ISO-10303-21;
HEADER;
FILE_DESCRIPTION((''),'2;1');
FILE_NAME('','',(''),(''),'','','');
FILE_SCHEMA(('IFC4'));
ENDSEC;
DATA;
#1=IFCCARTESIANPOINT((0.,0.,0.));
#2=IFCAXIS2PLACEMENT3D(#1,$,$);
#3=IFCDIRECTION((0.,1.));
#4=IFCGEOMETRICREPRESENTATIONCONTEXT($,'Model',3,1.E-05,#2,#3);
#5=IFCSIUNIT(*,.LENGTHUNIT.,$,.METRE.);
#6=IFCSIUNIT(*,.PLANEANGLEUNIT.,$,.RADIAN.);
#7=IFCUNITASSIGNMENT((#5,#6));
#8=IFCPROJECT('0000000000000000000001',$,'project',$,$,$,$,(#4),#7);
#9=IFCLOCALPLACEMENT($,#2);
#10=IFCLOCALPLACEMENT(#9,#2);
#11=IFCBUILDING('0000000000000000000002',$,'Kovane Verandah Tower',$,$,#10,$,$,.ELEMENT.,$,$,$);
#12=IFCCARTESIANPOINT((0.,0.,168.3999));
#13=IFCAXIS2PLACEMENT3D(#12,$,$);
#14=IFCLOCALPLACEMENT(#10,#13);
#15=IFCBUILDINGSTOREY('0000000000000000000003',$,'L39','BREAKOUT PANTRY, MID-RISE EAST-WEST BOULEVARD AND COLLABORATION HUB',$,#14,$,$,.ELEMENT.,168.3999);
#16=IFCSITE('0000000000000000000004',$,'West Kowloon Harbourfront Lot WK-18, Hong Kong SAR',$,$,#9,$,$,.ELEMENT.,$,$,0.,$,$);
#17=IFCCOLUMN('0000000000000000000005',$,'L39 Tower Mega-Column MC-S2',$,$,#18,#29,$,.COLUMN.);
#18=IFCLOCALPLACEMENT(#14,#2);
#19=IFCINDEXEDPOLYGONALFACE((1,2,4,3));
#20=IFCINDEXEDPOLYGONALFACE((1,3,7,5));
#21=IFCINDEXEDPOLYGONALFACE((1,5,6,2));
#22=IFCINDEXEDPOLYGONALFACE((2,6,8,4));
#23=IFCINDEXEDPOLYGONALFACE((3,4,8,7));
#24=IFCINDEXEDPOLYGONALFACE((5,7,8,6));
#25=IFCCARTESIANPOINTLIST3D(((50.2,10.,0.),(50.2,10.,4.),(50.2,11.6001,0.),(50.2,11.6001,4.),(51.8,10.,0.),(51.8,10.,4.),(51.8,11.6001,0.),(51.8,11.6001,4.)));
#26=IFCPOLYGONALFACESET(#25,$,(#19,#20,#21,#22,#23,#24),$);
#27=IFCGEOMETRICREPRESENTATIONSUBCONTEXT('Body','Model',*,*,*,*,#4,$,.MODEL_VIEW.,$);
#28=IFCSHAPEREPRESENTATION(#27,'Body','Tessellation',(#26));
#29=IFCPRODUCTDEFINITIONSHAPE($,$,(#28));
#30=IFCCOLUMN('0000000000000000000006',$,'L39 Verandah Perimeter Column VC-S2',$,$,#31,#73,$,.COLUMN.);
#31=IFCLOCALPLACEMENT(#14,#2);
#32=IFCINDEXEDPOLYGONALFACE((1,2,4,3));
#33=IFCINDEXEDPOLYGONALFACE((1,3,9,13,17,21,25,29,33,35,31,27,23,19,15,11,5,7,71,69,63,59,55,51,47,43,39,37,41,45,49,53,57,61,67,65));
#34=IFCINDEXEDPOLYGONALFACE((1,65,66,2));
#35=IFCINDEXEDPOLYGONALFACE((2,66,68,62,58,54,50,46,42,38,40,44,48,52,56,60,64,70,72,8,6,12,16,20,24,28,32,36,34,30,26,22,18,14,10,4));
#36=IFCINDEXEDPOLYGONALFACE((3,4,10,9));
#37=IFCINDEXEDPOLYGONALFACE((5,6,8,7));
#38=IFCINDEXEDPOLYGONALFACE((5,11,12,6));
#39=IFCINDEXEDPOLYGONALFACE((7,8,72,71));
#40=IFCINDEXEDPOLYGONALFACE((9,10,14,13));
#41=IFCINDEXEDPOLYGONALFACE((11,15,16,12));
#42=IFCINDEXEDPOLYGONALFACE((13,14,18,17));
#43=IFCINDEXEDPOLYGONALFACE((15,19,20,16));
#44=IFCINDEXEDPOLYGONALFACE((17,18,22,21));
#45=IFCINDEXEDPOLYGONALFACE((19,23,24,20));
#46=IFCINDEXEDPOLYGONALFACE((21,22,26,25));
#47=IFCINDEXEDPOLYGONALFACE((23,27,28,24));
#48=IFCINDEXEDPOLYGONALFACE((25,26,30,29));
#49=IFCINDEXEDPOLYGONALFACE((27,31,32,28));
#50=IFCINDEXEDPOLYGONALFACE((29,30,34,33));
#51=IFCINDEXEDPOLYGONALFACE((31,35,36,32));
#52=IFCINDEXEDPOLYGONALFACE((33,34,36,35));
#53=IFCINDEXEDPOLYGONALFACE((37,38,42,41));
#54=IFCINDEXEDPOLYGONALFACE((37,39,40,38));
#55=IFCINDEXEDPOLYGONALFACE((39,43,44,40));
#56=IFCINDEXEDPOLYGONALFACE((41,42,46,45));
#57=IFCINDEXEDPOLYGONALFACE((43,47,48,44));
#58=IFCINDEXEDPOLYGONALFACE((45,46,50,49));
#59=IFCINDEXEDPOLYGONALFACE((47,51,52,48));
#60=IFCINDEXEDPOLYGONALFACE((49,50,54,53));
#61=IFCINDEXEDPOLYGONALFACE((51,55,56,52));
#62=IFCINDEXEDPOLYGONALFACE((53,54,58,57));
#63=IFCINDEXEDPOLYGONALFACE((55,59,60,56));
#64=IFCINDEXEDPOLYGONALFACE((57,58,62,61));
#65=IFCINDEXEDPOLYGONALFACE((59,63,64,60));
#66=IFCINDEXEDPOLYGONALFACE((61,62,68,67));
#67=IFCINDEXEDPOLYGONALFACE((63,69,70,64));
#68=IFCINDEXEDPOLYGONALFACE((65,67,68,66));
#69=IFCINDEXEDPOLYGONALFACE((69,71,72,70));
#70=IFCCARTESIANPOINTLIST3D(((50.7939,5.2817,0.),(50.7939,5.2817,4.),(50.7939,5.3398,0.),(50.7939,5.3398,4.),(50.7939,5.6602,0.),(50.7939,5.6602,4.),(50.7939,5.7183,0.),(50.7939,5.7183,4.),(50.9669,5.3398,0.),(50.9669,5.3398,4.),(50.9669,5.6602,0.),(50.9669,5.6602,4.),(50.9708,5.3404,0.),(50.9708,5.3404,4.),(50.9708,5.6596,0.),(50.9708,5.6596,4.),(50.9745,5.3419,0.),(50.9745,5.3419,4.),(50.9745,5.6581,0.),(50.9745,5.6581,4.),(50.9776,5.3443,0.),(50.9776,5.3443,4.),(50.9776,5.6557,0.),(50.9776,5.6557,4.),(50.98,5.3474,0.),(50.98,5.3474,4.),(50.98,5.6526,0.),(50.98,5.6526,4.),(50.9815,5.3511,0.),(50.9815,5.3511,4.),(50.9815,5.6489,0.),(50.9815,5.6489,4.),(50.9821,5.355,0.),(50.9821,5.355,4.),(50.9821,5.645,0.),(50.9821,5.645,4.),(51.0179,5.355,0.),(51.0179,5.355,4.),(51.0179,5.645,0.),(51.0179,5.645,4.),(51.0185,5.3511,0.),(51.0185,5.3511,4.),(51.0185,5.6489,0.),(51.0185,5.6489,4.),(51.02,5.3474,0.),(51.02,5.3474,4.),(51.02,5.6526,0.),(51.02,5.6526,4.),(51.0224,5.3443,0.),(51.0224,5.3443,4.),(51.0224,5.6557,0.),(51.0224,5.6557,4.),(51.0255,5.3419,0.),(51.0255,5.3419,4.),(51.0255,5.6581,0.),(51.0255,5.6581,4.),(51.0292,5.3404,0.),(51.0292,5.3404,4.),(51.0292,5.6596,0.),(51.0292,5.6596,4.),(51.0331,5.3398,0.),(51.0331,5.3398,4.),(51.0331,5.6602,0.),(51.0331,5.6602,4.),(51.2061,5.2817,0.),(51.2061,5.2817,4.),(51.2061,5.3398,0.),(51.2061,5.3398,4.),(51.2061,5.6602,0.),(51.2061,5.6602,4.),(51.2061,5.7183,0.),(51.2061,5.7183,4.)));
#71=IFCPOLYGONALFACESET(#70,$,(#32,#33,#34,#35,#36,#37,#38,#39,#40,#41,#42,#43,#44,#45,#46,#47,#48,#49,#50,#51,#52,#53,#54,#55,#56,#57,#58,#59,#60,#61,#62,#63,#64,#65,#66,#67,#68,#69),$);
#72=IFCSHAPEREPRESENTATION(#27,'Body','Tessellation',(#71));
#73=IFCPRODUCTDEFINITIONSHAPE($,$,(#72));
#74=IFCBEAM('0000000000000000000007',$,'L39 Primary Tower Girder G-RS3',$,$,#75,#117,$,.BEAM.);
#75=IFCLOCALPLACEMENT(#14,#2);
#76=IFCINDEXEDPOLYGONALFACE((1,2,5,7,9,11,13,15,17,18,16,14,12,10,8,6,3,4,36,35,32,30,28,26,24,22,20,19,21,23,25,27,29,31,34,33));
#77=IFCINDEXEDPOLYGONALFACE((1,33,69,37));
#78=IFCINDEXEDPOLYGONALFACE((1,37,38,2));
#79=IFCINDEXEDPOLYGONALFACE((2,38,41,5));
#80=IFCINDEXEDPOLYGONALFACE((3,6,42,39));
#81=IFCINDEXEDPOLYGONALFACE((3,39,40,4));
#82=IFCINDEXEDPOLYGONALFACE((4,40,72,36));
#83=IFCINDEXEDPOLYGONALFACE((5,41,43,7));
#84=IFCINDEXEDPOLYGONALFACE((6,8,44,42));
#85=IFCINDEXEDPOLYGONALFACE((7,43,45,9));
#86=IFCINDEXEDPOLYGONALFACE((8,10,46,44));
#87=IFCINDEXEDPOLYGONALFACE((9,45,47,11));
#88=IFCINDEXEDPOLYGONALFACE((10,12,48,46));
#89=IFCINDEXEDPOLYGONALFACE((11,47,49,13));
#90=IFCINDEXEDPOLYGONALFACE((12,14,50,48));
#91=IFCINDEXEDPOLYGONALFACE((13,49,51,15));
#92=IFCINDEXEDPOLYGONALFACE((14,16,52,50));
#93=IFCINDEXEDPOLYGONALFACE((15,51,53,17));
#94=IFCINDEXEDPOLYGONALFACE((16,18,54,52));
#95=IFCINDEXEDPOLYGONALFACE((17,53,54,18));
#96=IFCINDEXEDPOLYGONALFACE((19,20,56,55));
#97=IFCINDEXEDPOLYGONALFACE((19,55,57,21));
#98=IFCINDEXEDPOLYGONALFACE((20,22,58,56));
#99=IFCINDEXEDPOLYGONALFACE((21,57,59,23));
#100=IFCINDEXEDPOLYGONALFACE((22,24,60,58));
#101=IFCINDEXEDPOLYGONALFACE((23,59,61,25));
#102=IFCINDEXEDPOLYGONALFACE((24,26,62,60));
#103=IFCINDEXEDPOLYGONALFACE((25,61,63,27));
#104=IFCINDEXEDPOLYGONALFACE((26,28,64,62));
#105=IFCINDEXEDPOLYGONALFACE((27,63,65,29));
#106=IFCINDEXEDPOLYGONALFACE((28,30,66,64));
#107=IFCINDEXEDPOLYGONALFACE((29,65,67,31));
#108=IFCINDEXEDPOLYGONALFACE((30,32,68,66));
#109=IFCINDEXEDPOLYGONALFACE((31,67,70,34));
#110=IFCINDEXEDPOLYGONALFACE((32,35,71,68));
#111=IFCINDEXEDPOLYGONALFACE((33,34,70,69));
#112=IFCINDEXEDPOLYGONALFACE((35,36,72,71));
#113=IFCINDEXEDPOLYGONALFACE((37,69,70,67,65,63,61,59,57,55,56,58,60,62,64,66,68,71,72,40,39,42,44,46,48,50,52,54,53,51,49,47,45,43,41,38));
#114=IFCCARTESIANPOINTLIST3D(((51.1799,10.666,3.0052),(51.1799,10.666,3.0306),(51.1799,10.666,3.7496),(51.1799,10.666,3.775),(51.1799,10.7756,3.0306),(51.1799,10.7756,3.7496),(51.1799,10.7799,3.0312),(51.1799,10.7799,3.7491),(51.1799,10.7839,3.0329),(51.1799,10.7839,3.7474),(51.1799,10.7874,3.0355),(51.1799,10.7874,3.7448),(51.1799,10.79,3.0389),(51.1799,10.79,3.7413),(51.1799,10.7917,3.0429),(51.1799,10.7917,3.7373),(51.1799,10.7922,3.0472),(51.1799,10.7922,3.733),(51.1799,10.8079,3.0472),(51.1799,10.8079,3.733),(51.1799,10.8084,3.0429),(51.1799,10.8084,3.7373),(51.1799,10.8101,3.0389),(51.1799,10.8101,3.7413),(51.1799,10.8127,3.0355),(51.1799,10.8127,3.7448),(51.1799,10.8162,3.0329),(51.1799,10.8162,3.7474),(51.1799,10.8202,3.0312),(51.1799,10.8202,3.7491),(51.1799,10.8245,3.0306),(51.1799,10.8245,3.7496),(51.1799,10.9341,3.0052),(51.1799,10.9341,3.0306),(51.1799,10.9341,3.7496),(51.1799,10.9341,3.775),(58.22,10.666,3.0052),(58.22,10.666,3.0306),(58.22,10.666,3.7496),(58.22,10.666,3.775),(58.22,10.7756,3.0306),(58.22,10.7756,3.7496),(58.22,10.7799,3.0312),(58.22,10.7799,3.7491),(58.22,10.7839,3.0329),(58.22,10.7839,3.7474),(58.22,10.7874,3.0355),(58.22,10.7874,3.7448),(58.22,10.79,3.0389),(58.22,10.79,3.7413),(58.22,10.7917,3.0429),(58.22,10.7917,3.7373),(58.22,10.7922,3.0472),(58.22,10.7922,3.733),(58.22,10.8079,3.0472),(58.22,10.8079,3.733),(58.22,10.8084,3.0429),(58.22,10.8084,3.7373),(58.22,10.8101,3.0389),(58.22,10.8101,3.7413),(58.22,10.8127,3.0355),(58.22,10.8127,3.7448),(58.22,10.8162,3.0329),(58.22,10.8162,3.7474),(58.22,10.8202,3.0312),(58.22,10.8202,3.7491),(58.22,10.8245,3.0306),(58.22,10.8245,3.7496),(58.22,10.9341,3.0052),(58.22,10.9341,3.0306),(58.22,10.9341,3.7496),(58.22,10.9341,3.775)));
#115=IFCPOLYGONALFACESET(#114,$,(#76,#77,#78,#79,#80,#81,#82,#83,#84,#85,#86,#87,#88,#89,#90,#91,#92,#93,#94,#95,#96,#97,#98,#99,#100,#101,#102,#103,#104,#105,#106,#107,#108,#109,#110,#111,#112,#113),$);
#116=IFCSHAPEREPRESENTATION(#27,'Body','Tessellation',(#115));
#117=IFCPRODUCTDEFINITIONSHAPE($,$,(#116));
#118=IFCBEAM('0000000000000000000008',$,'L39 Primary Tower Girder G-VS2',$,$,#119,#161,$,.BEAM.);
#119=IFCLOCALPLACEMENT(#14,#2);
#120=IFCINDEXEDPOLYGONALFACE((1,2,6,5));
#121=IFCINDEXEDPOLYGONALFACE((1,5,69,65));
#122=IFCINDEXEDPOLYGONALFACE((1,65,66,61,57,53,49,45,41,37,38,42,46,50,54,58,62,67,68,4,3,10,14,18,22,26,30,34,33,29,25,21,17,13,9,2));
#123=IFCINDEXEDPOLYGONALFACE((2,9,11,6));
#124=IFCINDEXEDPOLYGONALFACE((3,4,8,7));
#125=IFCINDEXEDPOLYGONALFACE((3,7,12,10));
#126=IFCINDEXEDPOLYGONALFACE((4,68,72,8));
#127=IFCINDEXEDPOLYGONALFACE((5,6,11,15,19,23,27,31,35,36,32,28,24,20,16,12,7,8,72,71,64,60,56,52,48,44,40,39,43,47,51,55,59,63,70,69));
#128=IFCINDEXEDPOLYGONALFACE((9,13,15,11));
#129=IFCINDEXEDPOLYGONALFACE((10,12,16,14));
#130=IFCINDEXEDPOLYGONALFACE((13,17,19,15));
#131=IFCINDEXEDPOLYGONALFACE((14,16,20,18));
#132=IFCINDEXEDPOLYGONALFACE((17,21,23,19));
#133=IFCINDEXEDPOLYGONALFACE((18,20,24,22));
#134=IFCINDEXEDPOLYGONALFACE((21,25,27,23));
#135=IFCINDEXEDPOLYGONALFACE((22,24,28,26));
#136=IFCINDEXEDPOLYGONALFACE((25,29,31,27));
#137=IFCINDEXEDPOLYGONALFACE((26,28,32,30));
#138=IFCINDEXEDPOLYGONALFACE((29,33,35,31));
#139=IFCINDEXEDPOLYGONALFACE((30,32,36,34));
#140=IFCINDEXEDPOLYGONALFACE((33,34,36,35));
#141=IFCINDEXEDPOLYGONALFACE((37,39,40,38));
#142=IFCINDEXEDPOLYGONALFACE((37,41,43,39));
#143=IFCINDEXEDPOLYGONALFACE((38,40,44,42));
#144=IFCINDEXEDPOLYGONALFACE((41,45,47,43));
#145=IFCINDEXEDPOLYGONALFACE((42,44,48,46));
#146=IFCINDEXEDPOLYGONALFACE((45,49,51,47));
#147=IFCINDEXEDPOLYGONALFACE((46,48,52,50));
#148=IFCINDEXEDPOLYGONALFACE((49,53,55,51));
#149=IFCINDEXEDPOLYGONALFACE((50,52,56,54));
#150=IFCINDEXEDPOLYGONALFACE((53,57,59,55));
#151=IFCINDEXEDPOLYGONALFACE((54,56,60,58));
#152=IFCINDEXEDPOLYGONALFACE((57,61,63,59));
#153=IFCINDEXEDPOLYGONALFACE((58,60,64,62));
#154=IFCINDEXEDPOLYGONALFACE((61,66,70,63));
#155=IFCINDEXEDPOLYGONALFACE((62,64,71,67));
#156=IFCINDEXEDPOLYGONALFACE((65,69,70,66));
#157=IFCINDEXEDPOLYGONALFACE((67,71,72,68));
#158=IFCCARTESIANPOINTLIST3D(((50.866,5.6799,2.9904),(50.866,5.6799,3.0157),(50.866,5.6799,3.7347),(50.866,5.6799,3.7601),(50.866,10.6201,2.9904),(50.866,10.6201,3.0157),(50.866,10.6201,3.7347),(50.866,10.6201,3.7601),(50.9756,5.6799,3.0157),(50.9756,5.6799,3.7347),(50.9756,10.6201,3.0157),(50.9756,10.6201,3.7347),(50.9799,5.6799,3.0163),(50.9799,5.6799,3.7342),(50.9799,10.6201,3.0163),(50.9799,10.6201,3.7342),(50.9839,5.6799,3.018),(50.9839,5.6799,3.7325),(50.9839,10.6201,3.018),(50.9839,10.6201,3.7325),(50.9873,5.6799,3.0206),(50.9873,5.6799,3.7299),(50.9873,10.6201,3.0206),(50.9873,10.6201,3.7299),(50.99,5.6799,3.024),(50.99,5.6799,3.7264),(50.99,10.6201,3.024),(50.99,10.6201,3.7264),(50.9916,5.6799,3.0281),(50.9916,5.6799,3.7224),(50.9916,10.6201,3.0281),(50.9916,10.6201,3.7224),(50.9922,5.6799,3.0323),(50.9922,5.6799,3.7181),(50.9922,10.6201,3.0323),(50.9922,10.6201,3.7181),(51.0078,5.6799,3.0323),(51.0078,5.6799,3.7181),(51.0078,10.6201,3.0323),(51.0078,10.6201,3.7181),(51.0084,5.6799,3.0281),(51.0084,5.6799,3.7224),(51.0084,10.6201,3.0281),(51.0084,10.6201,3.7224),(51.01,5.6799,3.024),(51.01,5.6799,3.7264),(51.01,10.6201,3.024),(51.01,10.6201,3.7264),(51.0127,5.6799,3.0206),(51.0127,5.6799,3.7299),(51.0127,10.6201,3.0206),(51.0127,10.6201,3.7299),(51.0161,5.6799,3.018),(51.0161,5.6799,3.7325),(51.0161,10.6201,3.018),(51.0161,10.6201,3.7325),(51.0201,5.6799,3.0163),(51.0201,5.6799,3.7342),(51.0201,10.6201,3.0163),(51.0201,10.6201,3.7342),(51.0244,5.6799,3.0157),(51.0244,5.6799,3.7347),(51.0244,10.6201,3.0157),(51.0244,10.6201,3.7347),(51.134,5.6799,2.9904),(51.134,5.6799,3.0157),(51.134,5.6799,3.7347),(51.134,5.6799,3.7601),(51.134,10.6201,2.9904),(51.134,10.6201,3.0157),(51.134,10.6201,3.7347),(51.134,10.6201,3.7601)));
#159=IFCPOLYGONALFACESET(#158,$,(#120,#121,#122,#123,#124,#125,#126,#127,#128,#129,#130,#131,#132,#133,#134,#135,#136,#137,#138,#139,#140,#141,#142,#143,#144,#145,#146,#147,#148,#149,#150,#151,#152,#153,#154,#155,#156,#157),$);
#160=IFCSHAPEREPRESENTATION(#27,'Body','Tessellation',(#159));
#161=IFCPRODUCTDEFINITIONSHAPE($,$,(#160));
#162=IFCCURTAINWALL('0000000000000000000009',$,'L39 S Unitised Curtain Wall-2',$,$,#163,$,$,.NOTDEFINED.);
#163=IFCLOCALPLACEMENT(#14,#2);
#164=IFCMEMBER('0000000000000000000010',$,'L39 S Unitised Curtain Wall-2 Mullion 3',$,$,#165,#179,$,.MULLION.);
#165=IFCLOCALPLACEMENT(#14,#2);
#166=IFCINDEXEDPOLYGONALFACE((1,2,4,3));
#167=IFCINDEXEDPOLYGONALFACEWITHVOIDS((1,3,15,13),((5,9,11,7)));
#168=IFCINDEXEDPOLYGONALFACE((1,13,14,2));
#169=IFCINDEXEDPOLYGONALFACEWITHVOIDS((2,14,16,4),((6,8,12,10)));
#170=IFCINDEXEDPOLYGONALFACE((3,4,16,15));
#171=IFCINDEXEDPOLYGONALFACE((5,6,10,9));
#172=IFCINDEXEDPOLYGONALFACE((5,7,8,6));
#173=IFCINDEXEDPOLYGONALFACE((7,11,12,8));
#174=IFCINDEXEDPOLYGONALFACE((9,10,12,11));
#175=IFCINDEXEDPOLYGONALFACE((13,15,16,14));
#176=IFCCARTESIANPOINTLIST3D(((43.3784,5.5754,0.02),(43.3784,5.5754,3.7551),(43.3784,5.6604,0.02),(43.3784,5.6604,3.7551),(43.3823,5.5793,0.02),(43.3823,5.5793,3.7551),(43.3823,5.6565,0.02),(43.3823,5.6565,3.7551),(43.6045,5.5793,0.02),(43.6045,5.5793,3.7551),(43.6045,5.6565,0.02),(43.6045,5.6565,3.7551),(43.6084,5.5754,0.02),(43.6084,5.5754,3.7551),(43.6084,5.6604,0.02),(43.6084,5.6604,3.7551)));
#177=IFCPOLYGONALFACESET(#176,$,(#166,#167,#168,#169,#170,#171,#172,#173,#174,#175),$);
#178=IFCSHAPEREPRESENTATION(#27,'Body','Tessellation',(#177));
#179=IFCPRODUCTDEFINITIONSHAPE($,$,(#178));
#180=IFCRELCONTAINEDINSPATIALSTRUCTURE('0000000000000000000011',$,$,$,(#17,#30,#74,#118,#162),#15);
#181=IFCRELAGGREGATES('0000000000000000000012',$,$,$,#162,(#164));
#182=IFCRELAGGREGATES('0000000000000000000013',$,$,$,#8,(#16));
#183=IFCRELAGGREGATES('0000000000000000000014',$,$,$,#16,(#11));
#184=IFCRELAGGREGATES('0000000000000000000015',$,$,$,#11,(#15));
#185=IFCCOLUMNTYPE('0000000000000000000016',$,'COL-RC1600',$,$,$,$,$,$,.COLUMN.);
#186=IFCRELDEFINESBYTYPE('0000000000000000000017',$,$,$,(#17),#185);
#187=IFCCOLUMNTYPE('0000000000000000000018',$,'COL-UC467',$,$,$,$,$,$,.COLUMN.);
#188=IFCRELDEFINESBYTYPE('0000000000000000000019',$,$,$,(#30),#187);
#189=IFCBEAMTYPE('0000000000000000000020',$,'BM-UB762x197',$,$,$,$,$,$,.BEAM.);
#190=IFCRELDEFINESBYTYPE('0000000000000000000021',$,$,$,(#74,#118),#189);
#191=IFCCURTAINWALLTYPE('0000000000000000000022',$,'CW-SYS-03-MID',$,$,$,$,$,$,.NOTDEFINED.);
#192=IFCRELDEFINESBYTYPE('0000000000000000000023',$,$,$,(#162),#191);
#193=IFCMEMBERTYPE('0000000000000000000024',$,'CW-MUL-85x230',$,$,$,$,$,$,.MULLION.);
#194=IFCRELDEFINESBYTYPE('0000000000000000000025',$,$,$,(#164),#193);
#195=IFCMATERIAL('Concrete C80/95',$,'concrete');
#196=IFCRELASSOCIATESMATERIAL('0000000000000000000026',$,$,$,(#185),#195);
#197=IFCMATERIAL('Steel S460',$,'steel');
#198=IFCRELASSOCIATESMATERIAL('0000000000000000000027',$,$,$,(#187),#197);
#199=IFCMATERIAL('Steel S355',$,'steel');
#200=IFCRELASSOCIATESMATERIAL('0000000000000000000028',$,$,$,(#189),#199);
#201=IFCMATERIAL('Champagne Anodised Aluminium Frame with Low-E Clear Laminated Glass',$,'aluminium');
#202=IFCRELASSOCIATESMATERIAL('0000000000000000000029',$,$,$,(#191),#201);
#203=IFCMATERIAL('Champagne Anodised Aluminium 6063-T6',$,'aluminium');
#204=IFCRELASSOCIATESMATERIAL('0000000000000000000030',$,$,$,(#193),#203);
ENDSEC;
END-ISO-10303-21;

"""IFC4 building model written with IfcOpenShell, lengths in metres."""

from ifc_helpers import new_model, si_unit, direction, frame, origin, origin_2d, place, context, subcontext, project, spatial, rectangle, hollow_rectangle, i_section, extrude, material, material_profile, profile_set, type_object, element, aggregate, save


model = new_model("IFC4")

# Units and contexts
model_context = context("Model", 3, precision=1e-05, world=origin(), true_north=direction((0.0, 1.0)))
body_context = subcontext(model_context, "Body", "Model", "MODEL_VIEW")
ifc_project = project(units=[si_unit("LENGTHUNIT", "METRE"), si_unit("PLANEANGLEUNIT", "RADIAN")], contexts=[model_context])

# Site, building, storey
site_placement = place(None, origin())
site = spatial("IfcSite", under=ifc_project, at=site_placement, Name="West Kowloon Harbourfront Lot WK-18, Hong Kong SAR", CompositionType="ELEMENT", RefElevation=0.0)
building_placement = place(site_placement, origin())
building = spatial("IfcBuilding", under=site, at=building_placement, Name="Kovane Verandah Tower", CompositionType="ELEMENT")
storey_placement = place(building_placement, frame((0.0, 0.0, 168.3999)))
storey = spatial("IfcBuildingStorey", under=building, at=storey_placement, Name="L39", Description="BREAKOUT PANTRY, MID-RISE EAST-WEST BOULEVARD AND COLLABORATION HUB", CompositionType="ELEMENT", Elevation=168.3999)

# Columns
ifc_material_1 = material(Name="Concrete C80/95", Category="concrete")
ifc_material_profile_1 = material_profile(ifc_material_1, rectangle(XDim=1.6001, YDim=1.6001, at=origin_2d()), Name="RC1600x1600")
ifc_profile_set_1 = profile_set([ifc_material_profile_1], Name="Concrete C80/95")
column_type_1 = type_object("IfcColumnType", Name="COL-RC1600", PredefinedType="COLUMN", material=ifc_profile_set_1)
column_1_placement = place(storey_placement, frame((51.0, 10.8, 0.0), z_axis=(0.0, 0.0, 1.0), x_axis=(1.0, 0.0, 0.0)))
element("IfcColumn", 1, at=column_1_placement, inside=storey, type_object=column_type_1, Name="L39 Tower Mega-Column MC-S2", PredefinedType="COLUMN", context=body_context, shape_type="SweptSolid", body=[
    extrude(rectangle(XDim=1.6001, YDim=1.6001, at=origin_2d()), origin(), (0.0, 0.0, 1.0), 4.0),
])
ifc_material_2 = material(Name="Steel S460", Category="steel")
ifc_material_profile_2 = material_profile(ifc_material_2, i_section(OverallWidth=0.4121, OverallDepth=0.4365, WebThickness=0.0359, FlangeThickness=0.0581, FilletRadius=0.0151, at=origin_2d()), Name="UC356x406x467")
ifc_profile_set_2 = profile_set([ifc_material_profile_2], Name="Steel S460")
column_type_2 = type_object("IfcColumnType", Name="COL-UC467", PredefinedType="COLUMN", material=ifc_profile_set_2)
column_2_placement = place(storey_placement, frame((51.0, 5.5, 0.0), z_axis=(0.0, 0.0, 1.0), x_axis=(1.0, 0.0, 0.0)))
element("IfcColumn", 2, at=column_2_placement, inside=storey, type_object=column_type_2, Name="L39 Verandah Perimeter Column VC-S2", PredefinedType="COLUMN", context=body_context, shape_type="SweptSolid", body=[
    extrude(i_section(OverallWidth=0.4121, OverallDepth=0.4365, WebThickness=0.0359, FlangeThickness=0.0581, FilletRadius=0.0151, at=origin_2d()), origin(), (0.0, 0.0, 1.0), 4.0),
])

# Beams
ifc_material_3 = material(Name="Steel S355", Category="steel")
ifc_material_profile_3 = material_profile(ifc_material_3, i_section(OverallWidth=0.2681, OverallDepth=0.7698, WebThickness=0.0156, FlangeThickness=0.0254, FilletRadius=0.0166, at=origin_2d()), Name="UB762x267x197")
ifc_profile_set_3 = profile_set([ifc_material_profile_3], Name="Steel S355")
beam_type_1 = type_object("IfcBeamType", Name="BM-UB762x197", PredefinedType="BEAM", material=ifc_profile_set_3)
beam_1_placement = place(storey_placement, frame((51.1799, 10.8, 3.3901), z_axis=(1.0, 0.0, 0.0), x_axis=(0.0, 1.0, 0.0)))
element("IfcBeam", 3, at=beam_1_placement, inside=storey, type_object=beam_type_1, Name="L39 Primary Tower Girder G-RS3", PredefinedType="BEAM", context=body_context, shape_type="SweptSolid", body=[
    extrude(i_section(OverallWidth=0.2681, OverallDepth=0.7698, WebThickness=0.0156, FlangeThickness=0.0254, FilletRadius=0.0166, at=origin_2d()), origin(), (0.0, 0.0, 1.0), 7.04),
])
beam_2_placement = place(storey_placement, frame((51.0, 10.6201, 3.3752), z_axis=(0.0, -1.0, 0.0), x_axis=(1.0, 0.0, 0.0)))
element("IfcBeam", 4, at=beam_2_placement, inside=storey, type_object=beam_type_1, Name="L39 Primary Tower Girder G-VS2", PredefinedType="BEAM", context=body_context, shape_type="SweptSolid", body=[
    extrude(i_section(OverallWidth=0.2681, OverallDepth=0.7698, WebThickness=0.0156, FlangeThickness=0.0254, FilletRadius=0.0166, at=origin_2d()), origin(), (0.0, 0.0, 1.0), 4.9402),
])

# Curtain wall, member
ifc_material_4 = material(Name="Champagne Anodised Aluminium Frame with Low-E Clear Laminated Glass", Category="aluminium")
curtain_wall_type = type_object("IfcCurtainWallType", Name="CW-SYS-03-MID", PredefinedType="NOTDEFINED", material=ifc_material_4)
curtain_wall_1_placement = place(storey_placement, origin())
curtain_wall_1 = element("IfcCurtainWall", 5, at=curtain_wall_1_placement, inside=storey, type_object=curtain_wall_type, Name="L39 S Unitised Curtain Wall-2", PredefinedType="NOTDEFINED")
ifc_material_5 = material(Name="Champagne Anodised Aluminium 6063-T6", Category="aluminium")
ifc_material_profile_4 = material_profile(ifc_material_5, hollow_rectangle(XDim=0.085, YDim=0.23, WallThickness=0.0039, at=origin_2d()), Name="AL85x230x4")
ifc_profile_set_4 = profile_set([ifc_material_profile_4], Name="Champagne Anodised Aluminium 6063-T6")
member_type_1 = type_object("IfcMemberType", Name="CW-MUL-85x230", PredefinedType="MULLION", material=ifc_profile_set_4)
member_1_placement = place(storey_placement, frame((43.4934, 5.6179, 0.02), z_axis=(0.0, 0.0, 1.0), x_axis=(0.0, -1.0, 0.0)))
member_1 = element("IfcMember", 6, at=member_1_placement, type_object=member_type_1, Name="L39 S Unitised Curtain Wall-2 Mullion 3", PredefinedType="MULLION", context=body_context, shape_type="SweptSolid", body=[
    extrude(hollow_rectangle(XDim=0.085, YDim=0.23, WallThickness=0.0039, at=origin_2d()), origin(), (0.0, 0.0, 1.0), 3.7351),
])

aggregate(curtain_wall_1, [member_1])

save(model, "model.ifc")
